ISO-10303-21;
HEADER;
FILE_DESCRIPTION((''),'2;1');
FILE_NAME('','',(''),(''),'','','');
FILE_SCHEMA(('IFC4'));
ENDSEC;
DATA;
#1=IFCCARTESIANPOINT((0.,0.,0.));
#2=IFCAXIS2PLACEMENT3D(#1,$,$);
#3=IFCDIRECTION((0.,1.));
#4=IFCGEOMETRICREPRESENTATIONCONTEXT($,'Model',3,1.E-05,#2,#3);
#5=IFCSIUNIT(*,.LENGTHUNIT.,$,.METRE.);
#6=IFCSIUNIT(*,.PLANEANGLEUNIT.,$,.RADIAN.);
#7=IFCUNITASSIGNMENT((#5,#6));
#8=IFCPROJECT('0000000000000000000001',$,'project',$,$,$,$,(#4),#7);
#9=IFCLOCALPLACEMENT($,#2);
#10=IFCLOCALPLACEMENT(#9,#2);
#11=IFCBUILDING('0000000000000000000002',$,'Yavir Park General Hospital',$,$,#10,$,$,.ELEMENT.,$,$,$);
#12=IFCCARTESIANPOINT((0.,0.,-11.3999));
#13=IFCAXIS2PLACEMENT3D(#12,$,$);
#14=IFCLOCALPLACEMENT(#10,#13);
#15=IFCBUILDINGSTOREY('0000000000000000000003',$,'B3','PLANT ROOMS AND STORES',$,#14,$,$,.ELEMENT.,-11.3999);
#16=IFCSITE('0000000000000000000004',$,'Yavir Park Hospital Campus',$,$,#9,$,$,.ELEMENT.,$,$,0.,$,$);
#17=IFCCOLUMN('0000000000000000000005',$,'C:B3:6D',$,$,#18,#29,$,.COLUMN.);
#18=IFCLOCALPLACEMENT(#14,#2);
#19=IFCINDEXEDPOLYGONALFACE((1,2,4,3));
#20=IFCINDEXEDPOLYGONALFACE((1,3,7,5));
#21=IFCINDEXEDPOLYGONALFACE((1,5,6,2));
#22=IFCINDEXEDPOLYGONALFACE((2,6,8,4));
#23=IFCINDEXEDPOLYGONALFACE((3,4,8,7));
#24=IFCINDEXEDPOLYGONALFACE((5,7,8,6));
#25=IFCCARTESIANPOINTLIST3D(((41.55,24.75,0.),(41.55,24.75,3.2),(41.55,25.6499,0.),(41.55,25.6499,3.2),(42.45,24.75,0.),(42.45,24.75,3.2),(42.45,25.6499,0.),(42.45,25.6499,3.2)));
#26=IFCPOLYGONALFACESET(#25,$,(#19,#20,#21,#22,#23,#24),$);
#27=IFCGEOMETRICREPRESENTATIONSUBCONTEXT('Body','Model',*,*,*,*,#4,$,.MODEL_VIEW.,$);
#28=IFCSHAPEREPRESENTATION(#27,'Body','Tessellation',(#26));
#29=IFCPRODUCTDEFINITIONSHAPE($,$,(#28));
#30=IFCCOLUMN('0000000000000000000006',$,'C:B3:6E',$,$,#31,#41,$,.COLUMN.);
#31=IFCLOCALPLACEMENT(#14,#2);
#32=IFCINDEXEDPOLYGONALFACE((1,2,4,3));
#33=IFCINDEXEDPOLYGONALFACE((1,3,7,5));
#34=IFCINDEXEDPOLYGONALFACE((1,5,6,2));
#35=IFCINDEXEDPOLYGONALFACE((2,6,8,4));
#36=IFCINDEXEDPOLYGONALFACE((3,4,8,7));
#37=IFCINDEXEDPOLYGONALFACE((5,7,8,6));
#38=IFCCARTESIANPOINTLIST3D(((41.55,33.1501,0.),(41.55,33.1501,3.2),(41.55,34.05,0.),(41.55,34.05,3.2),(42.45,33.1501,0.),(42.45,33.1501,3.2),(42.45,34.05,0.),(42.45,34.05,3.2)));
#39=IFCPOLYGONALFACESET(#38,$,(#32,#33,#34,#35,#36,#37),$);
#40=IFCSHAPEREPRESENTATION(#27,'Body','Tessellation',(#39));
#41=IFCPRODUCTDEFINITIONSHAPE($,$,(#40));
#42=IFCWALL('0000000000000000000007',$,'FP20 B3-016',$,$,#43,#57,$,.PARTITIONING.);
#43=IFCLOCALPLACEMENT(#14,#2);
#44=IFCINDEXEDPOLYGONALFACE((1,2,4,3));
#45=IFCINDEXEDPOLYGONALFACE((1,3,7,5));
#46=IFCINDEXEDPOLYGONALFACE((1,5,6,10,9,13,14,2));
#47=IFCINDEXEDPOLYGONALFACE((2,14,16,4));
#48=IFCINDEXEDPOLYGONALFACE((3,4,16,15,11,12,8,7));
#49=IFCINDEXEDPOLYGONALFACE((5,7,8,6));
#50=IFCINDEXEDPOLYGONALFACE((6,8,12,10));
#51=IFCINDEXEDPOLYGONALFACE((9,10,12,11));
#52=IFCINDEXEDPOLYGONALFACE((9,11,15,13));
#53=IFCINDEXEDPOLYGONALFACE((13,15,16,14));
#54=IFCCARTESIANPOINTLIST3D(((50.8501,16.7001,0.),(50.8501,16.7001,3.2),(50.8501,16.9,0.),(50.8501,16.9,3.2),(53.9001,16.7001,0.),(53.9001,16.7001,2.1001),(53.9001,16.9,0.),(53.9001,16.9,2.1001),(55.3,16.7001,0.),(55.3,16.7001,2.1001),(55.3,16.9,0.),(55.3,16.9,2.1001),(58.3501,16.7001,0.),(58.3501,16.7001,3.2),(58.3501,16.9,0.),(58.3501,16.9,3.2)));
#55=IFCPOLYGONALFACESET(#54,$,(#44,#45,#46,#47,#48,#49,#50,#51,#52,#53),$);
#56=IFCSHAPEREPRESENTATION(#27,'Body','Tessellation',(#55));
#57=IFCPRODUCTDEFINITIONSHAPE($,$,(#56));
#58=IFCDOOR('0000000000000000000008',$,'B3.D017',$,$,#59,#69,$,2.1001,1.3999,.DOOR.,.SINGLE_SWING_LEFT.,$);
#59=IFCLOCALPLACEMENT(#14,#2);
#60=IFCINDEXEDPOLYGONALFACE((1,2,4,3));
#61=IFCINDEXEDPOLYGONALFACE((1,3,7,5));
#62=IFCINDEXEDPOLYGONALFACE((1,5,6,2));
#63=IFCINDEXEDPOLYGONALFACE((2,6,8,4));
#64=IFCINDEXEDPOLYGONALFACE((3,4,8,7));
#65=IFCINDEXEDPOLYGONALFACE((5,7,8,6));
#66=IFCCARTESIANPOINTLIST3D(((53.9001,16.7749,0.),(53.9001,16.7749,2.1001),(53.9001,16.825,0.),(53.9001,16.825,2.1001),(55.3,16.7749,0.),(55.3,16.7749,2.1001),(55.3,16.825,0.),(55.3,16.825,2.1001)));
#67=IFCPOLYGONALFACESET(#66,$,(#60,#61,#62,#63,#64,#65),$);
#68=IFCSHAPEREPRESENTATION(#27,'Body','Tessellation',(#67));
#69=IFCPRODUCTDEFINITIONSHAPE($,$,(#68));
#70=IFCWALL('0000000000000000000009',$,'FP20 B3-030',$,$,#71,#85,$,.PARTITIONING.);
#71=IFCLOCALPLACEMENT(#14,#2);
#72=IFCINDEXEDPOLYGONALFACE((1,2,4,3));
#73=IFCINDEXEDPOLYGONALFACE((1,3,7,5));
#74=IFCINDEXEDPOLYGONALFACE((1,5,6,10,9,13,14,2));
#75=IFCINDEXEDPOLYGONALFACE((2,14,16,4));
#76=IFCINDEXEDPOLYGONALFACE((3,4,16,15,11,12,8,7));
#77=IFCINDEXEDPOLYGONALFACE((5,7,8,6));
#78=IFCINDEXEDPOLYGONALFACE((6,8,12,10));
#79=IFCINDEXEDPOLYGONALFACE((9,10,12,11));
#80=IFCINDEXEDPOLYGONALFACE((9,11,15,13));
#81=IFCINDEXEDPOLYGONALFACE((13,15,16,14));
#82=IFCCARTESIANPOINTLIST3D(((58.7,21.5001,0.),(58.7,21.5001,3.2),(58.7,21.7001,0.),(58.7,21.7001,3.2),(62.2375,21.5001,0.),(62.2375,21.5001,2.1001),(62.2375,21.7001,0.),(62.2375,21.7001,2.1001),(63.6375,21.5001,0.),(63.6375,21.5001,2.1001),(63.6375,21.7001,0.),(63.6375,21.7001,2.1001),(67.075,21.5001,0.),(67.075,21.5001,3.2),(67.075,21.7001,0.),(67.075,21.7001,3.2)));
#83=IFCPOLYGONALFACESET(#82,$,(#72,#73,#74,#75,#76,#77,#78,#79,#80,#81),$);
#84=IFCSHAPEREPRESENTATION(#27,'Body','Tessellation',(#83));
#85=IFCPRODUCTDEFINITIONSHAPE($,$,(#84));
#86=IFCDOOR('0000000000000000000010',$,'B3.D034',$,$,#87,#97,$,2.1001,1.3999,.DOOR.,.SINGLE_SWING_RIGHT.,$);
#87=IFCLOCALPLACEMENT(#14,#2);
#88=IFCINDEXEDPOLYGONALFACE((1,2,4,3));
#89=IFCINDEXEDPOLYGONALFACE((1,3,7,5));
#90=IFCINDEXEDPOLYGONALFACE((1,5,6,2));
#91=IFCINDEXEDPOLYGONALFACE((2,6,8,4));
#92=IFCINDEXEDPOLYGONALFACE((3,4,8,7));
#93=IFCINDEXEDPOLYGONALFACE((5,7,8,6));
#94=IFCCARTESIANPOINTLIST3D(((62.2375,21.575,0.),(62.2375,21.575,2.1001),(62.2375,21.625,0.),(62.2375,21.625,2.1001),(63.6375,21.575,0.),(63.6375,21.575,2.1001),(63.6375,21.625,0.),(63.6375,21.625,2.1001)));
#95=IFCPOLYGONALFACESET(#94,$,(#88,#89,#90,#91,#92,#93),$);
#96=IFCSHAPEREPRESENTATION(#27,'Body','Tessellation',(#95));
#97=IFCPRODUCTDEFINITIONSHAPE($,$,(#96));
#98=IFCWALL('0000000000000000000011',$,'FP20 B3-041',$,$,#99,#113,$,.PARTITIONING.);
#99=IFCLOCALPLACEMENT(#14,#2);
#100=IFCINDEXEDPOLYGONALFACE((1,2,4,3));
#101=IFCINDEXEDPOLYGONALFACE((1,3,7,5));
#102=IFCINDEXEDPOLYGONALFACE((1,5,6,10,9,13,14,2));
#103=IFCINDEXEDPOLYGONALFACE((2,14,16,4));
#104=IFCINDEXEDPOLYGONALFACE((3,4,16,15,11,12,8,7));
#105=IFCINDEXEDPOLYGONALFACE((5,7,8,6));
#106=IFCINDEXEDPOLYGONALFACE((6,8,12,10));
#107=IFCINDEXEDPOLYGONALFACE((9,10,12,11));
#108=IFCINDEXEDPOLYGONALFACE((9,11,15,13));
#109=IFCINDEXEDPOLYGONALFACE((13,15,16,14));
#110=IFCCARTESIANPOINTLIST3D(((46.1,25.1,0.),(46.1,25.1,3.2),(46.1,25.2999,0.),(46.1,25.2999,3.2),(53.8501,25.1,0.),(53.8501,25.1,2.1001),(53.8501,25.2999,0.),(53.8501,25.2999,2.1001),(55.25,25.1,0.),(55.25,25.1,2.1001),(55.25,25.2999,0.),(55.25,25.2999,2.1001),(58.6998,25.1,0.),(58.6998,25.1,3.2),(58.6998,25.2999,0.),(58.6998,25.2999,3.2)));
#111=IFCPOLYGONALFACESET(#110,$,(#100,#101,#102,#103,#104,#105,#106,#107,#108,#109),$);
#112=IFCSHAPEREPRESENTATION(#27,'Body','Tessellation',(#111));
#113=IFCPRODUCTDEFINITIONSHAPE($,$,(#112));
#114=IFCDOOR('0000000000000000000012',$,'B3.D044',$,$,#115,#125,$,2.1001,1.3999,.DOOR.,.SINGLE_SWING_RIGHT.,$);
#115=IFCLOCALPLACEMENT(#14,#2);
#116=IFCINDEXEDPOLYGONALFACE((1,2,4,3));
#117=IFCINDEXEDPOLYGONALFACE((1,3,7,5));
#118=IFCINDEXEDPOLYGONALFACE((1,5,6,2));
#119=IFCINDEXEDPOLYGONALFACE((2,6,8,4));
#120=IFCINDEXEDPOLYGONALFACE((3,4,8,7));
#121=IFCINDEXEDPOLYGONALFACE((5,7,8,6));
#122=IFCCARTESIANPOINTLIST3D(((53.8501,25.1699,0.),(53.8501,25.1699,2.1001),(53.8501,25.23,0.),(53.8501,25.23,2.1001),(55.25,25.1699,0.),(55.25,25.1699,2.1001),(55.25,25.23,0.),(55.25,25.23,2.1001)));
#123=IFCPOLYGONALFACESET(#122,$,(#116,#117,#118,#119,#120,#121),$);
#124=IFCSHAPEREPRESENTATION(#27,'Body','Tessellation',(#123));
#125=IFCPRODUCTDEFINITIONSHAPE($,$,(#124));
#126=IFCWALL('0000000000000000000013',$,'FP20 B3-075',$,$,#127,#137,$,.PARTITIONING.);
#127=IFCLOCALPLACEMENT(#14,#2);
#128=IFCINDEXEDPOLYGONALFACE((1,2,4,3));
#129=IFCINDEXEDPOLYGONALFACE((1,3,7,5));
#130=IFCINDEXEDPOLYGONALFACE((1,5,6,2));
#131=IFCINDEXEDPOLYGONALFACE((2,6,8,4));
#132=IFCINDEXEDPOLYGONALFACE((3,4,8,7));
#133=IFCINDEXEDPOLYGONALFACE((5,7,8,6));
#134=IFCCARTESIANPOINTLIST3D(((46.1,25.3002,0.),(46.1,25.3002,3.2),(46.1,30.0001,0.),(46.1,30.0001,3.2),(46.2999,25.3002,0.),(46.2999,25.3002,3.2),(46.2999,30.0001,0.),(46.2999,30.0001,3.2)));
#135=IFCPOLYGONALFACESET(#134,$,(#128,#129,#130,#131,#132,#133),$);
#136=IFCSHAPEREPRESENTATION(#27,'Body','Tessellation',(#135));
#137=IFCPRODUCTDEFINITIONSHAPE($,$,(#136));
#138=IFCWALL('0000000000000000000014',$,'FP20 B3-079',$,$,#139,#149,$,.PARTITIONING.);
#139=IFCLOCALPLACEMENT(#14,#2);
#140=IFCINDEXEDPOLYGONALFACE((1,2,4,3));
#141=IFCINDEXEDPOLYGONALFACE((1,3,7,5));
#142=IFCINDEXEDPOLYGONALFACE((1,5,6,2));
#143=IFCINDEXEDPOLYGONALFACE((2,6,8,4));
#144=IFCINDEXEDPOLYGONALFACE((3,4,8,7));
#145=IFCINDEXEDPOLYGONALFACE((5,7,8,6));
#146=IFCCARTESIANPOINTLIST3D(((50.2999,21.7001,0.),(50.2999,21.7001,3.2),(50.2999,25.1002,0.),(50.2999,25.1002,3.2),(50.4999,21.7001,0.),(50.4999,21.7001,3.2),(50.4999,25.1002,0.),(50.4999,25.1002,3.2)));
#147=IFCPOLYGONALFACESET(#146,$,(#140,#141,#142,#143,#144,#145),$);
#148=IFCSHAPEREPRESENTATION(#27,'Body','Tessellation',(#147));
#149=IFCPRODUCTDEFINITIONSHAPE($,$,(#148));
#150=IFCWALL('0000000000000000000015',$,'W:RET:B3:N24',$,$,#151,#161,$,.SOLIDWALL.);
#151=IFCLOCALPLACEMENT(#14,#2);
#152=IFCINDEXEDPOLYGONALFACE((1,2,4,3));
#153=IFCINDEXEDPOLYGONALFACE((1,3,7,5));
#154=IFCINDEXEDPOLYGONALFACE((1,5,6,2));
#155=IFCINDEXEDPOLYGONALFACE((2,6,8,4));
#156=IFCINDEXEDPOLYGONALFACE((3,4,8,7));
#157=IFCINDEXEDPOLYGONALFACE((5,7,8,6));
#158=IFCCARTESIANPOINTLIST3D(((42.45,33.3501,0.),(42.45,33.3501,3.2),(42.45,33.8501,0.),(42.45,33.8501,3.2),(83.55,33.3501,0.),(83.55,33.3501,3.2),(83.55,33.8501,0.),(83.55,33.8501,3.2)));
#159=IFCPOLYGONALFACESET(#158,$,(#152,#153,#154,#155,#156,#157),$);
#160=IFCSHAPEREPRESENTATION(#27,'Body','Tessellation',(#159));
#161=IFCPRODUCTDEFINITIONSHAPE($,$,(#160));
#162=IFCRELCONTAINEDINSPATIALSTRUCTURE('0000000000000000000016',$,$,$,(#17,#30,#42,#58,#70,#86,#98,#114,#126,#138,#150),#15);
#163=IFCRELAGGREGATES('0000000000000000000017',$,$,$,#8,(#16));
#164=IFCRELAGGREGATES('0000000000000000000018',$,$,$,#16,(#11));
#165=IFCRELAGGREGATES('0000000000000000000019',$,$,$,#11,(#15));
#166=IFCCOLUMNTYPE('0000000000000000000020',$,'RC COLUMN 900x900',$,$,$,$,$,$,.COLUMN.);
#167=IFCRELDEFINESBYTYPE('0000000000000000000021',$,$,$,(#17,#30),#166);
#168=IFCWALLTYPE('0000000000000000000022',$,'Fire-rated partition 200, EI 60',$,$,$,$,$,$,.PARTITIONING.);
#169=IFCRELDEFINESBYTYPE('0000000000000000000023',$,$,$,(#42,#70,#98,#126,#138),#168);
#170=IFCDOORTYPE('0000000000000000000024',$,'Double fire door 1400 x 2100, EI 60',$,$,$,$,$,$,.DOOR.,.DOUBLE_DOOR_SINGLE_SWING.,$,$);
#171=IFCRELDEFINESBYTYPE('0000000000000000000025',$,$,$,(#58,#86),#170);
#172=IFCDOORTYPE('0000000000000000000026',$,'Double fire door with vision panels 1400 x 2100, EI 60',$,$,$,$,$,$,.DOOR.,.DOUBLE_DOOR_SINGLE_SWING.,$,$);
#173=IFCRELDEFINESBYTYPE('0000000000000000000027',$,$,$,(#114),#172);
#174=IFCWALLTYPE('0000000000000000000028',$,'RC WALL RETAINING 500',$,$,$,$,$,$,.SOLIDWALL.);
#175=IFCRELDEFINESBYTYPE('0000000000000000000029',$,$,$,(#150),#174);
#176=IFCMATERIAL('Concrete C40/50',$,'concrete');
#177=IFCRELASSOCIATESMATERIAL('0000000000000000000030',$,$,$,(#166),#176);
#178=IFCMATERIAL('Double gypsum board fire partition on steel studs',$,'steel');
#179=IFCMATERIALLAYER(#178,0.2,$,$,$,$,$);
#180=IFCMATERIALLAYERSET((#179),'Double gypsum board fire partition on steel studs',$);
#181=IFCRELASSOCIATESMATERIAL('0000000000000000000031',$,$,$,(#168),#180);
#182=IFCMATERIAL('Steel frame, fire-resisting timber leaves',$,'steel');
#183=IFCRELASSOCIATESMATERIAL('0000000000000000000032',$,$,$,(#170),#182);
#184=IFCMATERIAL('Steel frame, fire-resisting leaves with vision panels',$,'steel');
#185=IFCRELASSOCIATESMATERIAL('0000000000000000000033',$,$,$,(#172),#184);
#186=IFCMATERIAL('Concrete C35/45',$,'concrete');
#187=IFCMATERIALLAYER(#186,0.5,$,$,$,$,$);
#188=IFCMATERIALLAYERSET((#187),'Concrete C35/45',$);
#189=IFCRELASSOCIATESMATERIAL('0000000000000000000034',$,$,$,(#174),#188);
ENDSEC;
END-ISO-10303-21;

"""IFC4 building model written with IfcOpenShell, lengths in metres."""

from ifc_helpers import new_model, si_unit, direction, frame, frame_2d, origin, origin_2d, place, context, subcontext, project, spatial, rectangle, extrude, material, layer, layer_set, material_profile, profile_set, type_object, element, fill, save


model = new_model("IFC4")

# Units and contexts
model_context = context("Model", 3, precision=1e-05, world=origin(), true_north=direction((0.0, 1.0)))
body_context = subcontext(model_context, "Body", "Model", "MODEL_VIEW")
ifc_project = project(units=[si_unit("LENGTHUNIT", "METRE"), si_unit("PLANEANGLEUNIT", "RADIAN")], contexts=[model_context])

# Site, building, storey
site_placement = place(None, origin())
site = spatial("IfcSite", under=ifc_project, at=site_placement, Name="Yavir Park Hospital Campus", CompositionType="ELEMENT", RefElevation=0.0)
building_placement = place(site_placement, origin())
building = spatial("IfcBuilding", under=site, at=building_placement, Name="Yavir Park General Hospital", CompositionType="ELEMENT")
storey_placement = place(building_placement, frame((0.0, 0.0, -11.3999)))
storey = spatial("IfcBuildingStorey", under=building, at=storey_placement, Name="B3", Description="PLANT ROOMS AND STORES", CompositionType="ELEMENT", Elevation=-11.3999)

# Columns
ifc_material_1 = material(Name="Concrete C40/50", Category="concrete")
ifc_material_profile = material_profile(ifc_material_1, rectangle(XDim=0.8999, YDim=0.8999, at=origin_2d()), Name="RC900x900")
ifc_profile_set = profile_set([ifc_material_profile], Name="Concrete C40/50")
column_type = type_object("IfcColumnType", Name="RC COLUMN 900x900", PredefinedType="COLUMN", material=ifc_profile_set)
for number, where, z_axis, x_axis, name in (
    (1, (42.0, 25.2, 0.0), (0.0, 0.0, 1.0), (1.0, 0.0, 0.0), "C:B3:6D"),
    (2, (42.0, 33.6001, 0.0), (0.0, 0.0, 1.0), (1.0, 0.0, 0.0), "C:B3:6E"),
):
    element("IfcColumn", number, at=place(storey_placement, frame(where, z_axis=z_axis, x_axis=x_axis)), inside=storey, type_object=column_type, Name=name, PredefinedType="COLUMN", context=body_context, shape_type="SweptSolid", body=[
        extrude(rectangle(XDim=0.8999, YDim=0.8999, at=origin_2d()), origin(), (0.0, 0.0, 1.0), 3.2),
    ])

# Walls, openings, doors
ifc_material_2 = material(Name="Double gypsum board fire partition on steel studs", Category="steel")
ifc_layer_1 = layer(ifc_material_2, 0.2)
ifc_layer_set_1 = layer_set([ifc_layer_1], Name="Double gypsum board fire partition on steel studs")
wall_type_1 = type_object("IfcWallType", Name="Fire-rated partition 200, EI 60", PredefinedType="PARTITIONING", material=ifc_layer_set_1)
wall_1_placement = place(storey_placement, frame((50.8501, 16.8, 0.0), z_axis=(0.0, 0.0, 1.0), x_axis=(1.0, 0.0, 0.0)))
wall_1 = element("IfcWall", 3, at=wall_1_placement, inside=storey, type_object=wall_type_1, Name="FP20 B3-016", PredefinedType="PARTITIONING", context=body_context, shape_type="SweptSolid", body=[
    extrude(rectangle(XDim=7.5, YDim=0.2, at=frame_2d((3.75, 0.0))), origin(), (0.0, 0.0, 1.0), 3.2),
])
opening_1_placement = place(wall_1_placement, frame((3.05, 0.0, 0.0)))
opening_1 = element("IfcOpeningElement", 4, at=opening_1_placement, cuts=wall_1, PredefinedType="OPENING", context=body_context, shape_type="SweptSolid", body=[
    extrude(rectangle(XDim=1.3999, YDim=2.1001, at=frame_2d((0.7, 1.05))), frame((0.0, 0.1099, 0.0), z_axis=(0.0, -1.0, 0.0), x_axis=(1.0, 0.0, 0.0)), (0.0, 0.0, 1.0), 0.22),
])
ifc_material_3 = material(Name="Steel frame, fire-resisting timber leaves", Category="steel")
door_type_1 = type_object("IfcDoorType", Name="Double fire door 1400 x 2100, EI 60", OperationType="DOUBLE_DOOR_SINGLE_SWING", PredefinedType="DOOR", material=ifc_material_3)
door_1_placement = place(opening_1_placement, origin())
door_1 = element("IfcDoor", 5, at=door_1_placement, inside=storey, type_object=door_type_1, Name="B3.D017", OperationType="SINGLE_SWING_LEFT", OverallHeight=2.1001, OverallWidth=1.3999, PredefinedType="DOOR", context=body_context, shape_type="SweptSolid", body=[
    extrude(rectangle(XDim=1.3999, YDim=2.1001, at=frame_2d((0.7, 1.05))), frame((0.0, 0.0249, 0.0), z_axis=(0.0, -1.0, 0.0), x_axis=(1.0, 0.0, 0.0)), (0.0, 0.0, 1.0), 0.05),
])
fill(opening_1, door_1)
wall_2_placement = place(storey_placement, frame((58.7, 21.6001, 0.0), z_axis=(0.0, 0.0, 1.0), x_axis=(1.0, 0.0, 0.0)))
wall_2 = element("IfcWall", 6, at=wall_2_placement, inside=storey, type_object=wall_type_1, Name="FP20 B3-030", PredefinedType="PARTITIONING", context=body_context, shape_type="SweptSolid", body=[
    extrude(rectangle(XDim=8.375, YDim=0.2, at=frame_2d((4.1875, 0.0))), origin(), (0.0, 0.0, 1.0), 3.2),
])
opening_2_placement = place(wall_2_placement, frame((3.5376, 0.0, 0.0)))
opening_2 = element("IfcOpeningElement", 7, at=opening_2_placement, cuts=wall_2, PredefinedType="OPENING", context=body_context, shape_type="SweptSolid", body=[
    extrude(rectangle(XDim=1.3999, YDim=2.1001, at=frame_2d((0.7, 1.05))), frame((0.0, 0.1099, 0.0), z_axis=(0.0, -1.0, 0.0), x_axis=(1.0, 0.0, 0.0)), (0.0, 0.0, 1.0), 0.22),
])
door_2_placement = place(opening_2_placement, origin())
door_2 = element("IfcDoor", 8, at=door_2_placement, inside=storey, type_object=door_type_1, Name="B3.D034", OperationType="SINGLE_SWING_RIGHT", OverallHeight=2.1001, OverallWidth=1.3999, PredefinedType="DOOR", context=body_context, shape_type="SweptSolid", body=[
    extrude(rectangle(XDim=1.3999, YDim=2.1001, at=frame_2d((0.7, 1.05))), frame((0.0, 0.0249, 0.0), z_axis=(0.0, -1.0, 0.0), x_axis=(1.0, 0.0, 0.0)), (0.0, 0.0, 1.0), 0.05),
])
fill(opening_2, door_2)
wall_3_placement = place(storey_placement, frame((46.1001, 25.2, 0.0), z_axis=(0.0, 0.0, 1.0), x_axis=(1.0, 0.0, 0.0)))
wall_3 = element("IfcWall", 9, at=wall_3_placement, inside=storey, type_object=wall_type_1, Name="FP20 B3-041", PredefinedType="PARTITIONING", context=body_context, shape_type="SweptSolid", body=[
    extrude(rectangle(XDim=12.5999, YDim=0.2, at=frame_2d((6.2998, 0.0))), origin(), (0.0, 0.0, 1.0), 3.2),
])
opening_3_placement = place(wall_3_placement, frame((7.75, 0.0, 0.0)))
opening_3 = element("IfcOpeningElement", 10, at=opening_3_placement, cuts=wall_3, PredefinedType="OPENING", context=body_context, shape_type="SweptSolid", body=[
    extrude(rectangle(XDim=1.3999, YDim=2.1001, at=frame_2d((0.7, 1.05))), frame((0.0, 0.1099, 0.0), z_axis=(0.0, -1.0, 0.0), x_axis=(1.0, 0.0, 0.0)), (0.0, 0.0, 1.0), 0.22),
])
ifc_material_4 = material(Name="Steel frame, fire-resisting leaves with vision panels", Category="steel")
door_type_2 = type_object("IfcDoorType", Name="Double fire door with vision panels 1400 x 2100, EI 60", OperationType="DOUBLE_DOOR_SINGLE_SWING", PredefinedType="DOOR", material=ifc_material_4)
door_3_placement = place(opening_3_placement, origin())
door_3 = element("IfcDoor", 11, at=door_3_placement, inside=storey, type_object=door_type_2, Name="B3.D044", OperationType="SINGLE_SWING_RIGHT", OverallHeight=2.1001, OverallWidth=1.3999, PredefinedType="DOOR", context=body_context, shape_type="SweptSolid", body=[
    extrude(rectangle(XDim=1.3999, YDim=2.1001, at=frame_2d((0.7, 1.05))), frame((0.0, 0.03, 0.0), z_axis=(0.0, -1.0, 0.0), x_axis=(1.0, 0.0, 0.0)), (0.0, 0.0, 1.0), 0.0601),
])
fill(opening_3, door_3)

# Walls
wall_4_placement = place(storey_placement, frame((46.2, 25.3, 0.0), z_axis=(0.0, 0.0, 1.0), x_axis=(0.0, 1.0, 0.0)))
element("IfcWall", 12, at=wall_4_placement, inside=storey, type_object=wall_type_1, Name="FP20 B3-075", PredefinedType="PARTITIONING", context=body_context, shape_type="SweptSolid", body=[
    extrude(rectangle(XDim=4.7, YDim=0.2, at=frame_2d((2.3501, 0.0))), origin(), (0.0, 0.0, 1.0), 3.2),
])
wall_5_placement = place(storey_placement, frame((50.3999, 21.7, 0.0), z_axis=(0.0, 0.0, 1.0), x_axis=(0.0, 1.0, 0.0)))
element("IfcWall", 13, at=wall_5_placement, inside=storey, type_object=wall_type_1, Name="FP20 B3-079", PredefinedType="PARTITIONING", context=body_context, shape_type="SweptSolid", body=[
    extrude(rectangle(XDim=3.4001, YDim=0.2, at=frame_2d((1.7002, 0.0))), origin(), (0.0, 0.0, 1.0), 3.2),
])

# Wall
ifc_material_5 = material(Name="Concrete C35/45", Category="concrete")
ifc_layer_2 = layer(ifc_material_5, 0.5)
ifc_layer_set_2 = layer_set([ifc_layer_2], Name="Concrete C35/45")
wall_type_2 = type_object("IfcWallType", Name="RC WALL RETAINING 500", PredefinedType="SOLIDWALL", material=ifc_layer_set_2)
wall_6_placement = place(storey_placement, frame((42.45, 33.6001, 0.0), z_axis=(0.0, 0.0, 1.0), x_axis=(1.0, 0.0, 0.0)))
element("IfcWall", 14, at=wall_6_placement, inside=storey, type_object=wall_type_2, Name="W:RET:B3:N24", PredefinedType="SOLIDWALL", context=body_context, shape_type="SweptSolid", body=[
    extrude(rectangle(XDim=41.1001, YDim=0.5, at=frame_2d((20.55, 0.0))), origin(), (0.0, 0.0, 1.0), 3.2),
])

save(model, "model.ifc")
